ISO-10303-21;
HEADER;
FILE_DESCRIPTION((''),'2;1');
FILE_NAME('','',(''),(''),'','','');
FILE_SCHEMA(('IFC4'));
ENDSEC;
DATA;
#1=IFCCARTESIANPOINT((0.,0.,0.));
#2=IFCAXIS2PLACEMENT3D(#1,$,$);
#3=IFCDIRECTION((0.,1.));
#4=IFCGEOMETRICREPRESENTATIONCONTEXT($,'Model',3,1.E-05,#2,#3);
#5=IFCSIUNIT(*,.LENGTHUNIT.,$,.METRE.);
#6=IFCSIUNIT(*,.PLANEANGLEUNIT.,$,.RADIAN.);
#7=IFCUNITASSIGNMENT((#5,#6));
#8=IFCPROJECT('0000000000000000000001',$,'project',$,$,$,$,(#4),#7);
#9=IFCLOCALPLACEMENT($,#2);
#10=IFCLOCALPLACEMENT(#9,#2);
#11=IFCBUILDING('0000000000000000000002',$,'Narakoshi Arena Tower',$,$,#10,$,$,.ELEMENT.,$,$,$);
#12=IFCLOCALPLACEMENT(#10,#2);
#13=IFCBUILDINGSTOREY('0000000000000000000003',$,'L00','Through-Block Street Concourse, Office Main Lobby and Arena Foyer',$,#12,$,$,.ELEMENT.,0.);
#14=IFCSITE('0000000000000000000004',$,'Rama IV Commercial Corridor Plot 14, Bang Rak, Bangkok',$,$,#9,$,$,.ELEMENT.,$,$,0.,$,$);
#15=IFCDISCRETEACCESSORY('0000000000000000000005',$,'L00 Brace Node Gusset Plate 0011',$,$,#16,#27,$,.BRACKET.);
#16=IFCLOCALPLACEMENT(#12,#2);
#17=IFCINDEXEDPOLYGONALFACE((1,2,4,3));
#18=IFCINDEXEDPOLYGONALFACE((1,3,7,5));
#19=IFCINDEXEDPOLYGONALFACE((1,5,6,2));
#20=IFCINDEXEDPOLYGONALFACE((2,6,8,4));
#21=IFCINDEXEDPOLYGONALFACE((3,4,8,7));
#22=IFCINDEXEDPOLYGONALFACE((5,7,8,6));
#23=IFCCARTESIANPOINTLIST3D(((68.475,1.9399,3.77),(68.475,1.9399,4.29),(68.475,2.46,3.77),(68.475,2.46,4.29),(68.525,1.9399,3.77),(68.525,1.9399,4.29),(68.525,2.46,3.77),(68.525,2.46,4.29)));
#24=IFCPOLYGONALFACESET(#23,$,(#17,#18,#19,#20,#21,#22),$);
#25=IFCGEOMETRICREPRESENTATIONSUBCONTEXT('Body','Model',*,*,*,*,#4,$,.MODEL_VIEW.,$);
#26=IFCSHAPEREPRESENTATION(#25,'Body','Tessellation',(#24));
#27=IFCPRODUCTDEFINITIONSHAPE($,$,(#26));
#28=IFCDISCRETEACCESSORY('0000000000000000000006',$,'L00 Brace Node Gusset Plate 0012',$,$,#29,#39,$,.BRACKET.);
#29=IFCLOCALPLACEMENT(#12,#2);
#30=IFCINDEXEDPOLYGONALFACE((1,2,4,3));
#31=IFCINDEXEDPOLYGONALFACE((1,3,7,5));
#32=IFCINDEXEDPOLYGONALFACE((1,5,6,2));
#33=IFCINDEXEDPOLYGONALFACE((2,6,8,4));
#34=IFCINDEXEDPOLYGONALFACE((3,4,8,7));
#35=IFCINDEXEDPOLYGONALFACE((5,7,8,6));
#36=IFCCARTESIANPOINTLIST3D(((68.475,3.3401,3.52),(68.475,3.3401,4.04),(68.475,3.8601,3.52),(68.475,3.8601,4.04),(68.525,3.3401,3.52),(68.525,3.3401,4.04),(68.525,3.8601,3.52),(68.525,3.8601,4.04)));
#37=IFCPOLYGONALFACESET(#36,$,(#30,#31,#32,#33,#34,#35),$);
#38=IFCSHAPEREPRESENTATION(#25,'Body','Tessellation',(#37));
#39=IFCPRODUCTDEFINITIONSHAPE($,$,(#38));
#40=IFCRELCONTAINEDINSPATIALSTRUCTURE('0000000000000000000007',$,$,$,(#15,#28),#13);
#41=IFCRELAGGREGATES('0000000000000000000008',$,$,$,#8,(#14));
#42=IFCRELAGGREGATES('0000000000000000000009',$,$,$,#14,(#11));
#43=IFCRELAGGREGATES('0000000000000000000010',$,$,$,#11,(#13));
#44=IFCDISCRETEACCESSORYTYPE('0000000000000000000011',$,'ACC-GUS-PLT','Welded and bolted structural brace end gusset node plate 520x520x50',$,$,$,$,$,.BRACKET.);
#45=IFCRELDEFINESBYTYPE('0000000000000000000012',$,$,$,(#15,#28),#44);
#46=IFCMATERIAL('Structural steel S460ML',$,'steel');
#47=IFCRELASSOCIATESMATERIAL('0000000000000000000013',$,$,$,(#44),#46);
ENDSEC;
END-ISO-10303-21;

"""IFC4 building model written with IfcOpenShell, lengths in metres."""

from ifc_helpers import new_model, si_unit, direction, frame, origin, origin_2d, place, context, subcontext, project, spatial, rectangle, extrude, material, type_object, element, save


model = new_model("IFC4")

# Units and contexts
model_context = context("Model", 3, precision=1e-05, world=origin(), true_north=direction((0.0, 1.0)))
body_context = subcontext(model_context, "Body", "Model", "MODEL_VIEW")
ifc_project = project(units=[si_unit("LENGTHUNIT", "METRE"), si_unit("PLANEANGLEUNIT", "RADIAN")], contexts=[model_context])

# Site, building, storey
site_placement = place(None, origin())
site = spatial("IfcSite", under=ifc_project, at=site_placement, Name="Rama IV Commercial Corridor Plot 14, Bang Rak, Bangkok", CompositionType="ELEMENT", RefElevation=0.0)
building_placement = place(site_placement, origin())
building = spatial("IfcBuilding", under=site, at=building_placement, Name="Narakoshi Arena Tower", CompositionType="ELEMENT")
storey_placement = place(building_placement, origin())
storey = spatial("IfcBuildingStorey", under=building, at=storey_placement, Name="L00", Description="Through-Block Street Concourse, Office Main Lobby and Arena Foyer", CompositionType="ELEMENT", Elevation=0.0)

# Discrete accessories
ifc_material_1 = material(Name="Structural steel S460ML", Category="steel")
discrete_accessory_type_1 = type_object("IfcDiscreteAccessoryType", Name="ACC-GUS-PLT", Description="Welded and bolted structural brace end gusset node plate 520x520x50", PredefinedType="BRACKET", material=ifc_material_1)
for number, where, z_axis, x_axis, name in (
    (1, (68.5, 2.2, 3.77), (0.0, 0.0, 1.0), (0.0, 1.0, 0.0), "L00 Brace Node Gusset Plate 0011"),
    (2, (68.5, 3.6001, 3.52), (0.0, 0.0, 1.0), (0.0, 1.0, 0.0), "L00 Brace Node Gusset Plate 0012"),
):
    element("IfcDiscreteAccessory", number, at=place(storey_placement, frame(where, z_axis=z_axis, x_axis=x_axis)), inside=storey, type_object=discrete_accessory_type_1, Name=name, PredefinedType="BRACKET", context=body_context, shape_type="SweptSolid", body=[
        extrude(rectangle(XDim=0.52, YDim=0.05, at=origin_2d()), origin(), (0.0, 0.0, 1.0), 0.52),
    ])

save(model, "model.ifc")
